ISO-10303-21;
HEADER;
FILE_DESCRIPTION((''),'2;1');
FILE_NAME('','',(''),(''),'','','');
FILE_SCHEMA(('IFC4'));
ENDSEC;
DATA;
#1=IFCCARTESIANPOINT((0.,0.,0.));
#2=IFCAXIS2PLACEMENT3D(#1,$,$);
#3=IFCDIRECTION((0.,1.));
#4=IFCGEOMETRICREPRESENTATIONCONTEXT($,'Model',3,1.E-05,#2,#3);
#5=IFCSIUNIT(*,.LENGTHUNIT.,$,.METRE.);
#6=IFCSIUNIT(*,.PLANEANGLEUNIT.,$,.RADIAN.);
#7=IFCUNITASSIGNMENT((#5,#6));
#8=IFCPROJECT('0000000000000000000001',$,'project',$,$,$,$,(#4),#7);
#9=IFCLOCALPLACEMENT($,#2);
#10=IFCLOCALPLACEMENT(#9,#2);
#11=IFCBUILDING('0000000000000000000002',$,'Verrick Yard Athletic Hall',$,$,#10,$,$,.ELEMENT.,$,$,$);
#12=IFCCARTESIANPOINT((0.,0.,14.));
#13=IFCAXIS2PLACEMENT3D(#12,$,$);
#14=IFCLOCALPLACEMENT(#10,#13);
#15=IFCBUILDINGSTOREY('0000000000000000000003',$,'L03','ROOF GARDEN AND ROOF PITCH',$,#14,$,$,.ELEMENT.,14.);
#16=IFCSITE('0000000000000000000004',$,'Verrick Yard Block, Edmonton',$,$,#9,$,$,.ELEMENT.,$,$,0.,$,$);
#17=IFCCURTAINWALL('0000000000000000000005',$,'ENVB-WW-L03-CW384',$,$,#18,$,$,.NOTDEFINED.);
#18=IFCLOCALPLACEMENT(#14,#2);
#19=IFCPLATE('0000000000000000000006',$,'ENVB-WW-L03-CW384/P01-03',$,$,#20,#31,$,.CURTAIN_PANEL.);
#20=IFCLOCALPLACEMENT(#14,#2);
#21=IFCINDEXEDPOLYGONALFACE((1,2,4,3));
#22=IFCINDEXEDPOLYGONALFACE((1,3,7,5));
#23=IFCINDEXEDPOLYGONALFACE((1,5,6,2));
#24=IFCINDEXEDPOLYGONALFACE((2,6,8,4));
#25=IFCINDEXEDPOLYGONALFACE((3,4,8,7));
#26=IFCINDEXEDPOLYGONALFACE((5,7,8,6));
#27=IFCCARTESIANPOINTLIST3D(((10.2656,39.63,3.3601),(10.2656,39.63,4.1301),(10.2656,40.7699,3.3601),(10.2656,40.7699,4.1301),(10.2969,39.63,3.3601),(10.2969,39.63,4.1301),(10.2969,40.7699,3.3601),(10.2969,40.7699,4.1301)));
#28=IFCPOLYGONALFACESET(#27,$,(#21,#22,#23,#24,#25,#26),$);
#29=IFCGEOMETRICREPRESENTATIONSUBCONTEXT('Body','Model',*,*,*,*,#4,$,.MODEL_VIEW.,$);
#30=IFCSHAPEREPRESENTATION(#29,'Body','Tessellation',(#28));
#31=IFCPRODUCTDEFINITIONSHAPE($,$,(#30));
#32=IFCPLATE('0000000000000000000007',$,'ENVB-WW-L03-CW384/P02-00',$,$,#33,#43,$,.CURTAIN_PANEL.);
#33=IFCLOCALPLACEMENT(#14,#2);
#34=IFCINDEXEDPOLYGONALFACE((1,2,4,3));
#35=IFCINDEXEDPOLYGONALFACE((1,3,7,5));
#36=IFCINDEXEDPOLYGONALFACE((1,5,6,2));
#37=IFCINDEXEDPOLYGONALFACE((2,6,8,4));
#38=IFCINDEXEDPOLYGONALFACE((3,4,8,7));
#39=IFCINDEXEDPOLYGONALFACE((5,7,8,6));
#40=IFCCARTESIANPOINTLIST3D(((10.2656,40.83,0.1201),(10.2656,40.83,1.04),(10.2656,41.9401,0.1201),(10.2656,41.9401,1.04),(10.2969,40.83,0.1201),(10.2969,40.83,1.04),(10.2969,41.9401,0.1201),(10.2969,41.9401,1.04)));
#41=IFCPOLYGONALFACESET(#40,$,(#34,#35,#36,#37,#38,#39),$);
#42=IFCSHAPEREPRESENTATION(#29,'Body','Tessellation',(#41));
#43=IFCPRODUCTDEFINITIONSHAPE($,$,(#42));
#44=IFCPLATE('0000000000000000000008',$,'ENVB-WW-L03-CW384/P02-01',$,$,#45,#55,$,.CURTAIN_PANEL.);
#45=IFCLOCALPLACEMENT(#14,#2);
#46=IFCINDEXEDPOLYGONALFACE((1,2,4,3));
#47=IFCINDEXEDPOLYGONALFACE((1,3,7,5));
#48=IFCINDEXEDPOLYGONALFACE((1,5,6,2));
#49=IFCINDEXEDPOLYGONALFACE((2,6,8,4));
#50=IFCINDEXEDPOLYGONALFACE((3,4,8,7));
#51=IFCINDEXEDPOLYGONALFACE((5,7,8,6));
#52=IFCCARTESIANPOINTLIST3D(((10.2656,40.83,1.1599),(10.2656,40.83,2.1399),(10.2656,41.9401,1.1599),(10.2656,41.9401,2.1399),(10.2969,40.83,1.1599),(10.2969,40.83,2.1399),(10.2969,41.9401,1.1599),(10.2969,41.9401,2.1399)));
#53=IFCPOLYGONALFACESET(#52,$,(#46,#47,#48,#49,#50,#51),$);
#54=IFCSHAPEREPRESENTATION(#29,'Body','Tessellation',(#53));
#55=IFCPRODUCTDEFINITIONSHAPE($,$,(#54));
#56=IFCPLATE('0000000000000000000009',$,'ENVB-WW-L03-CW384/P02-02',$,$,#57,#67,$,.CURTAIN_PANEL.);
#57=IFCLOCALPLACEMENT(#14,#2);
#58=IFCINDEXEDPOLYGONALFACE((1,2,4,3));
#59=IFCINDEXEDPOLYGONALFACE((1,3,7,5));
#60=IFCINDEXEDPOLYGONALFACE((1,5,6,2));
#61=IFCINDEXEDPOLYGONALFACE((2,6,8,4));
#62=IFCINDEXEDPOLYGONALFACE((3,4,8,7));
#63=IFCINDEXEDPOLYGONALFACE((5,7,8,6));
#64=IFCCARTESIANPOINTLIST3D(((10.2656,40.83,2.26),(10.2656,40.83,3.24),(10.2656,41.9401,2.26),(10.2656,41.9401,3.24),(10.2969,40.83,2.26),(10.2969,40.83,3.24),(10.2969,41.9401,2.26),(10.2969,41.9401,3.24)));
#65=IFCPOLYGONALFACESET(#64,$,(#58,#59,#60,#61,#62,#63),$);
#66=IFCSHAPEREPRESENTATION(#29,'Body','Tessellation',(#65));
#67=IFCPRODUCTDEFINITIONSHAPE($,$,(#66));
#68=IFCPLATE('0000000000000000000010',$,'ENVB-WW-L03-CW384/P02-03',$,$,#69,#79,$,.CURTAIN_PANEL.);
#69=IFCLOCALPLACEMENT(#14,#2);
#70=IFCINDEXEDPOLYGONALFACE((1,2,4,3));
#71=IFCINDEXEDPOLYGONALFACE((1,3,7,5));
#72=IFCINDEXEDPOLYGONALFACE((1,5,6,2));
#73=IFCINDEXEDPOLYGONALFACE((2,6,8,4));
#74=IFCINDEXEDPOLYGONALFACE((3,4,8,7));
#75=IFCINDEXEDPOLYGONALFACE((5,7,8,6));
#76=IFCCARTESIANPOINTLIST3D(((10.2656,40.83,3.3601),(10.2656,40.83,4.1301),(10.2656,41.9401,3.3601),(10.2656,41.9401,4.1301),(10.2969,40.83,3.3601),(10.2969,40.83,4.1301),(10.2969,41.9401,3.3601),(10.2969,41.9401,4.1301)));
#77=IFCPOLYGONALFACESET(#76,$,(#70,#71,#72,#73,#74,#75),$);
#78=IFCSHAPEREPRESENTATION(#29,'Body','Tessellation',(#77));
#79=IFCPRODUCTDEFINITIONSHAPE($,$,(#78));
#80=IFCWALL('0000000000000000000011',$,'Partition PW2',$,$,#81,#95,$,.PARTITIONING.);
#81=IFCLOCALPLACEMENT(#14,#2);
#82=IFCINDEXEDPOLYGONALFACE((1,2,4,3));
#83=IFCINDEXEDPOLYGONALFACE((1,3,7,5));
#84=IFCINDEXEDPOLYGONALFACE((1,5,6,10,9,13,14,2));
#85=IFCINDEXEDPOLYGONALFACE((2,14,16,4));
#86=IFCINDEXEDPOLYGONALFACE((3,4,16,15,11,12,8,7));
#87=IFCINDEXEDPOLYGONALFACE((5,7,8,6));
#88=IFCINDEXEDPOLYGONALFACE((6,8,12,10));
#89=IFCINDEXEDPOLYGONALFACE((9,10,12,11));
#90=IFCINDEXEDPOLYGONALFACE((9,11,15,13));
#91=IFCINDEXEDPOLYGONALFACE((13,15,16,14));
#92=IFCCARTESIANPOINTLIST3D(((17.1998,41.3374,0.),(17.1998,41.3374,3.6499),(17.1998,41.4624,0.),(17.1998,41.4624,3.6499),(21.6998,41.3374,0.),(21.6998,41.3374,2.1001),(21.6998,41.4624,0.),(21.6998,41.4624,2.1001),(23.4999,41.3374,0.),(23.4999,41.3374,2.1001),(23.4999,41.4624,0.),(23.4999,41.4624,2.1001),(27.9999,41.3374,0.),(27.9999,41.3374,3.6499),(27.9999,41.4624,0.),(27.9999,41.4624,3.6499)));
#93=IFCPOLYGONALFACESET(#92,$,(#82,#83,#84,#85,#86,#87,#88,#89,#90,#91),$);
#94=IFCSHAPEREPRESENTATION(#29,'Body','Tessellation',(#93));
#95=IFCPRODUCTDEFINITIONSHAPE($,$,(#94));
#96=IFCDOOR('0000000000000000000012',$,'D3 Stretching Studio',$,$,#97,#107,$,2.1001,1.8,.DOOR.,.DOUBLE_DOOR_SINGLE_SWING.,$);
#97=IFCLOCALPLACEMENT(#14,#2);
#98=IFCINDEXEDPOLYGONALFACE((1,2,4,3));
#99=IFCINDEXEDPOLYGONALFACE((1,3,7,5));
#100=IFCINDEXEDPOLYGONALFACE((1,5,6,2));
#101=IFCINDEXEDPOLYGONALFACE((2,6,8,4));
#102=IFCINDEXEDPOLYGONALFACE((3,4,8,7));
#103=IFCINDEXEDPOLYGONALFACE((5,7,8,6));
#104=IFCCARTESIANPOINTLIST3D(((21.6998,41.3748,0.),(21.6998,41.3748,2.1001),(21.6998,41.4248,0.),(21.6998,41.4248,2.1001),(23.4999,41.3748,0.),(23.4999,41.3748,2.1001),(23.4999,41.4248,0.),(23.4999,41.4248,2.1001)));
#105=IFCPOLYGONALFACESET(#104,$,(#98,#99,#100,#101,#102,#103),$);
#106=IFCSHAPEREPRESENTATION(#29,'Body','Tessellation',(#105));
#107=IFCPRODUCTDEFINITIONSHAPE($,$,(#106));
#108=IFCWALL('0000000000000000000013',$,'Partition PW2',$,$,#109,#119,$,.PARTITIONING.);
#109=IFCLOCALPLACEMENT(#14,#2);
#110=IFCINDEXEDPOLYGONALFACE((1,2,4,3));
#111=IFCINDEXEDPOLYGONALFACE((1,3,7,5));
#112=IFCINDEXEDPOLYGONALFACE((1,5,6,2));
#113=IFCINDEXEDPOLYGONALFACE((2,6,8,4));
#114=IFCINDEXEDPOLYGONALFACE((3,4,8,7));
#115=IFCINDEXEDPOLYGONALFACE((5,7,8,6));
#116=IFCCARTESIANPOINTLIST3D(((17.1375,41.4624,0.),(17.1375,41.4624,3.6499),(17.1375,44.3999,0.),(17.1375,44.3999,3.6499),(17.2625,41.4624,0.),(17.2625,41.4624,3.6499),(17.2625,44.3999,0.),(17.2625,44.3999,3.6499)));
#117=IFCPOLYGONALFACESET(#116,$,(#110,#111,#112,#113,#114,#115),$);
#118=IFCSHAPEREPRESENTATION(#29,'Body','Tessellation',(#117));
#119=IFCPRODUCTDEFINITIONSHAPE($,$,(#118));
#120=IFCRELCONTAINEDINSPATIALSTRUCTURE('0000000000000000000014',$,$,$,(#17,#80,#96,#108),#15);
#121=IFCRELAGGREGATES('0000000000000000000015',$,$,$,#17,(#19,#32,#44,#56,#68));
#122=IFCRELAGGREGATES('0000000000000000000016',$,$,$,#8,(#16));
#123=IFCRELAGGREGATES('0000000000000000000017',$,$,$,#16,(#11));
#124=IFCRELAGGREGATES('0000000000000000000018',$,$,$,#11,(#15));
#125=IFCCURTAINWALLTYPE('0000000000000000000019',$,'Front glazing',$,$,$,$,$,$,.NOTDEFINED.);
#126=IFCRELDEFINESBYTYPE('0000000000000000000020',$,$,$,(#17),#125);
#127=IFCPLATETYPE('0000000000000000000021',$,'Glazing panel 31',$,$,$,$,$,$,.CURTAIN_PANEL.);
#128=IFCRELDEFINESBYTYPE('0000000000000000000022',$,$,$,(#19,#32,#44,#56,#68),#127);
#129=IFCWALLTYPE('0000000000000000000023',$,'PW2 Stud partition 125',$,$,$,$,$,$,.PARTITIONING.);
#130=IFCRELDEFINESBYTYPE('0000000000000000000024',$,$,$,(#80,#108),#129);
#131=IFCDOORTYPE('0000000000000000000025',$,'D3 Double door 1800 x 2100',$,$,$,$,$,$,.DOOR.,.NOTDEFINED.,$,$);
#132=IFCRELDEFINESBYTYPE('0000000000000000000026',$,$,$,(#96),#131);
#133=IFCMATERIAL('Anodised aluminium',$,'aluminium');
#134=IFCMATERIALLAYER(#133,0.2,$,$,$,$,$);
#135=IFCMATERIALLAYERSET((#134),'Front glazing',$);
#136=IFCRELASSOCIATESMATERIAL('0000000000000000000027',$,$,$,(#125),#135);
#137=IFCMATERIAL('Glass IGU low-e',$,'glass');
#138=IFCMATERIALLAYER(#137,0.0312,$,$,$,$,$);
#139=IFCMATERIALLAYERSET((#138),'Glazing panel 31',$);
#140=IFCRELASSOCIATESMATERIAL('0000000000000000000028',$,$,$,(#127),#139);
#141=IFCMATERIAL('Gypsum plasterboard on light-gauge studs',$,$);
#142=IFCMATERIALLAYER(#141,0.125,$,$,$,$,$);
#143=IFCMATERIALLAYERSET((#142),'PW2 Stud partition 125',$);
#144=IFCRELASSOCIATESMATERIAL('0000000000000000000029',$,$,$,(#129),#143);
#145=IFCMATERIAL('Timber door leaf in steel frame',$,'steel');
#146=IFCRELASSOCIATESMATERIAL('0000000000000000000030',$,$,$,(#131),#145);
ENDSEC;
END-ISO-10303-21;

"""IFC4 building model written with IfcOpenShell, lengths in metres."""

from ifc_helpers import new_model, si_unit, direction, frame, frame_2d, origin, origin_2d, place, context, subcontext, project, spatial, rectangle, extrude, material, layer, layer_set, type_object, element, fill, aggregate, save


model = new_model("IFC4")

# Units and contexts
model_context = context("Model", 3, precision=1e-05, world=origin(), true_north=direction((0.0, 1.0)))
body_context = subcontext(model_context, "Body", "Model", "MODEL_VIEW")
ifc_project = project(units=[si_unit("LENGTHUNIT", "METRE"), si_unit("PLANEANGLEUNIT", "RADIAN")], contexts=[model_context])

# Site, building, storey
site_placement = place(None, origin())
site = spatial("IfcSite", under=ifc_project, at=site_placement, Name="Verrick Yard Block, Edmonton", CompositionType="ELEMENT", RefElevation=0.0)
building_placement = place(site_placement, origin())
building = spatial("IfcBuilding", under=site, at=building_placement, Name="Verrick Yard Athletic Hall", CompositionType="ELEMENT")
storey_placement = place(building_placement, frame((0.0, 0.0, 14.0)))
storey = spatial("IfcBuildingStorey", under=building, at=storey_placement, Name="L03", Description="ROOF GARDEN AND ROOF PITCH", CompositionType="ELEMENT", Elevation=14.0)

# Curtain wall
ifc_material_1 = material(Name="Anodised aluminium", Category="aluminium")
ifc_layer_1 = layer(ifc_material_1, 0.2)
ifc_layer_set_1 = layer_set([ifc_layer_1], Name="Front glazing")
curtain_wall_type = type_object("IfcCurtainWallType", Name="Front glazing", PredefinedType="NOTDEFINED", material=ifc_layer_set_1)
curtain_wall_placement = place(storey_placement, origin())
curtain_wall = element("IfcCurtainWall", 1, at=curtain_wall_placement, inside=storey, type_object=curtain_wall_type, Name="ENVB-WW-L03-CW384", PredefinedType="NOTDEFINED")

# Plates
ifc_material_2 = material(Name="Glass IGU low-e", Category="glass")
ifc_layer_2 = layer(ifc_material_2, 0.0312)
ifc_layer_set_2 = layer_set([ifc_layer_2], Name="Glazing panel 31")
plate_type = type_object("IfcPlateType", Name="Glazing panel 31", PredefinedType="CURTAIN_PANEL", material=ifc_layer_set_2)
plate_1_placement = place(storey_placement, frame((10.2812, 40.2, 3.3601), z_axis=(0.0, 0.0, 1.0), x_axis=(0.0, 1.0, 0.0)))
plate_1 = element("IfcPlate", 2, at=plate_1_placement, type_object=plate_type, Name="ENVB-WW-L03-CW384/P01-03", PredefinedType="CURTAIN_PANEL", context=body_context, shape_type="SweptSolid", body=[
    extrude(rectangle(XDim=1.1399, YDim=0.0312, at=origin_2d()), origin(), (0.0, 0.0, 1.0), 0.77),
])
plate_2_placement = place(storey_placement, frame((10.2812, 41.385, 0.1201), z_axis=(0.0, 0.0, 1.0), x_axis=(0.0, 1.0, 0.0)))
plate_2 = element("IfcPlate", 3, at=plate_2_placement, type_object=plate_type, Name="ENVB-WW-L03-CW384/P02-00", PredefinedType="CURTAIN_PANEL", context=body_context, shape_type="SweptSolid", body=[
    extrude(rectangle(XDim=1.1101, YDim=0.0312, at=origin_2d()), origin(), (0.0, 0.0, 1.0), 0.9199),
])
plate_3_placement = place(storey_placement, frame((10.2812, 41.385, 1.1599), z_axis=(0.0, 0.0, 1.0), x_axis=(0.0, 1.0, 0.0)))
plate_3 = element("IfcPlate", 4, at=plate_3_placement, type_object=plate_type, Name="ENVB-WW-L03-CW384/P02-01", PredefinedType="CURTAIN_PANEL", context=body_context, shape_type="SweptSolid", body=[
    extrude(rectangle(XDim=1.1101, YDim=0.0312, at=origin_2d()), origin(), (0.0, 0.0, 1.0), 0.98),
])
plate_4_placement = place(storey_placement, frame((10.2812, 41.385, 2.26), z_axis=(0.0, 0.0, 1.0), x_axis=(0.0, 1.0, 0.0)))
plate_4 = element("IfcPlate", 5, at=plate_4_placement, type_object=plate_type, Name="ENVB-WW-L03-CW384/P02-02", PredefinedType="CURTAIN_PANEL", context=body_context, shape_type="SweptSolid", body=[
    extrude(rectangle(XDim=1.1101, YDim=0.0312, at=origin_2d()), origin(), (0.0, 0.0, 1.0), 0.98),
])
plate_5_placement = place(storey_placement, frame((10.2812, 41.385, 3.3601), z_axis=(0.0, 0.0, 1.0), x_axis=(0.0, 1.0, 0.0)))
plate_5 = element("IfcPlate", 6, at=plate_5_placement, type_object=plate_type, Name="ENVB-WW-L03-CW384/P02-03", PredefinedType="CURTAIN_PANEL", context=body_context, shape_type="SweptSolid", body=[
    extrude(rectangle(XDim=1.1101, YDim=0.0312, at=origin_2d()), origin(), (0.0, 0.0, 1.0), 0.77),
])
aggregate(curtain_wall, [plate_1, plate_2, plate_3, plate_4, plate_5])

# Wall, opening, door
ifc_material_3 = material(Name="Gypsum plasterboard on light-gauge studs")
ifc_layer_3 = layer(ifc_material_3, 0.125)
ifc_layer_set_3 = layer_set([ifc_layer_3], Name="PW2 Stud partition 125")
wall_type = type_object("IfcWallType", Name="PW2 Stud partition 125", PredefinedType="PARTITIONING", material=ifc_layer_set_3)
wall_1_placement = place(storey_placement, frame((17.2, 41.3999, 0.0), z_axis=(0.0, 0.0, 1.0), x_axis=(1.0, 0.0, 0.0)))
wall_1 = element("IfcWall", 7, at=wall_1_placement, inside=storey, type_object=wall_type, Name="Partition PW2", PredefinedType="PARTITIONING", context=body_context, shape_type="SweptSolid", body=[
    extrude(rectangle(XDim=10.8, YDim=0.125, at=frame_2d((5.3999, 0.0))), origin(), (0.0, 0.0, 1.0), 3.6499),
])
opening_placement = place(wall_1_placement, frame((4.5, 0.0, 0.0)))
opening = element("IfcOpeningElement", 8, at=opening_placement, cuts=wall_1, PredefinedType="OPENING", context=body_context, shape_type="SweptSolid", body=[
    extrude(rectangle(XDim=1.8, YDim=2.1001, at=frame_2d((0.8999, 1.05))), frame((0.0, 0.0725, 0.0), z_axis=(0.0, -1.0, 0.0), x_axis=(1.0, 0.0, 0.0)), (0.0, 0.0, 1.0), 0.145),
])
ifc_material_4 = material(Name="Timber door leaf in steel frame", Category="steel")
door_type = type_object("IfcDoorType", Name="D3 Double door 1800 x 2100", OperationType="NOTDEFINED", PredefinedType="DOOR", material=ifc_material_4)
door_placement = place(opening_placement, origin())
door = element("IfcDoor", 9, at=door_placement, inside=storey, type_object=door_type, Name="D3 Stretching Studio", OperationType="DOUBLE_DOOR_SINGLE_SWING", OverallHeight=2.1001, OverallWidth=1.8, PredefinedType="DOOR", context=body_context, shape_type="SweptSolid", body=[
    extrude(rectangle(XDim=1.8, YDim=2.1001, at=frame_2d((0.8999, 1.05))), frame((0.0, 0.0249, 0.0), z_axis=(0.0, -1.0, 0.0), x_axis=(1.0, 0.0, 0.0)), (0.0, 0.0, 1.0), 0.05),
])
fill(opening, door)

# Wall
wall_2_placement = place(storey_placement, frame((17.2, 41.4624, 0.0), z_axis=(0.0, 0.0, 1.0), x_axis=(0.0, 1.0, 0.0)))
element("IfcWall", 10, at=wall_2_placement, inside=storey, type_object=wall_type, Name="Partition PW2", PredefinedType="PARTITIONING", context=body_context, shape_type="SweptSolid", body=[
    extrude(rectangle(XDim=2.9375, YDim=0.125, at=frame_2d((1.4688, 0.0))), origin(), (0.0, 0.0, 1.0), 3.6499),
])

save(model, "model.ifc")
